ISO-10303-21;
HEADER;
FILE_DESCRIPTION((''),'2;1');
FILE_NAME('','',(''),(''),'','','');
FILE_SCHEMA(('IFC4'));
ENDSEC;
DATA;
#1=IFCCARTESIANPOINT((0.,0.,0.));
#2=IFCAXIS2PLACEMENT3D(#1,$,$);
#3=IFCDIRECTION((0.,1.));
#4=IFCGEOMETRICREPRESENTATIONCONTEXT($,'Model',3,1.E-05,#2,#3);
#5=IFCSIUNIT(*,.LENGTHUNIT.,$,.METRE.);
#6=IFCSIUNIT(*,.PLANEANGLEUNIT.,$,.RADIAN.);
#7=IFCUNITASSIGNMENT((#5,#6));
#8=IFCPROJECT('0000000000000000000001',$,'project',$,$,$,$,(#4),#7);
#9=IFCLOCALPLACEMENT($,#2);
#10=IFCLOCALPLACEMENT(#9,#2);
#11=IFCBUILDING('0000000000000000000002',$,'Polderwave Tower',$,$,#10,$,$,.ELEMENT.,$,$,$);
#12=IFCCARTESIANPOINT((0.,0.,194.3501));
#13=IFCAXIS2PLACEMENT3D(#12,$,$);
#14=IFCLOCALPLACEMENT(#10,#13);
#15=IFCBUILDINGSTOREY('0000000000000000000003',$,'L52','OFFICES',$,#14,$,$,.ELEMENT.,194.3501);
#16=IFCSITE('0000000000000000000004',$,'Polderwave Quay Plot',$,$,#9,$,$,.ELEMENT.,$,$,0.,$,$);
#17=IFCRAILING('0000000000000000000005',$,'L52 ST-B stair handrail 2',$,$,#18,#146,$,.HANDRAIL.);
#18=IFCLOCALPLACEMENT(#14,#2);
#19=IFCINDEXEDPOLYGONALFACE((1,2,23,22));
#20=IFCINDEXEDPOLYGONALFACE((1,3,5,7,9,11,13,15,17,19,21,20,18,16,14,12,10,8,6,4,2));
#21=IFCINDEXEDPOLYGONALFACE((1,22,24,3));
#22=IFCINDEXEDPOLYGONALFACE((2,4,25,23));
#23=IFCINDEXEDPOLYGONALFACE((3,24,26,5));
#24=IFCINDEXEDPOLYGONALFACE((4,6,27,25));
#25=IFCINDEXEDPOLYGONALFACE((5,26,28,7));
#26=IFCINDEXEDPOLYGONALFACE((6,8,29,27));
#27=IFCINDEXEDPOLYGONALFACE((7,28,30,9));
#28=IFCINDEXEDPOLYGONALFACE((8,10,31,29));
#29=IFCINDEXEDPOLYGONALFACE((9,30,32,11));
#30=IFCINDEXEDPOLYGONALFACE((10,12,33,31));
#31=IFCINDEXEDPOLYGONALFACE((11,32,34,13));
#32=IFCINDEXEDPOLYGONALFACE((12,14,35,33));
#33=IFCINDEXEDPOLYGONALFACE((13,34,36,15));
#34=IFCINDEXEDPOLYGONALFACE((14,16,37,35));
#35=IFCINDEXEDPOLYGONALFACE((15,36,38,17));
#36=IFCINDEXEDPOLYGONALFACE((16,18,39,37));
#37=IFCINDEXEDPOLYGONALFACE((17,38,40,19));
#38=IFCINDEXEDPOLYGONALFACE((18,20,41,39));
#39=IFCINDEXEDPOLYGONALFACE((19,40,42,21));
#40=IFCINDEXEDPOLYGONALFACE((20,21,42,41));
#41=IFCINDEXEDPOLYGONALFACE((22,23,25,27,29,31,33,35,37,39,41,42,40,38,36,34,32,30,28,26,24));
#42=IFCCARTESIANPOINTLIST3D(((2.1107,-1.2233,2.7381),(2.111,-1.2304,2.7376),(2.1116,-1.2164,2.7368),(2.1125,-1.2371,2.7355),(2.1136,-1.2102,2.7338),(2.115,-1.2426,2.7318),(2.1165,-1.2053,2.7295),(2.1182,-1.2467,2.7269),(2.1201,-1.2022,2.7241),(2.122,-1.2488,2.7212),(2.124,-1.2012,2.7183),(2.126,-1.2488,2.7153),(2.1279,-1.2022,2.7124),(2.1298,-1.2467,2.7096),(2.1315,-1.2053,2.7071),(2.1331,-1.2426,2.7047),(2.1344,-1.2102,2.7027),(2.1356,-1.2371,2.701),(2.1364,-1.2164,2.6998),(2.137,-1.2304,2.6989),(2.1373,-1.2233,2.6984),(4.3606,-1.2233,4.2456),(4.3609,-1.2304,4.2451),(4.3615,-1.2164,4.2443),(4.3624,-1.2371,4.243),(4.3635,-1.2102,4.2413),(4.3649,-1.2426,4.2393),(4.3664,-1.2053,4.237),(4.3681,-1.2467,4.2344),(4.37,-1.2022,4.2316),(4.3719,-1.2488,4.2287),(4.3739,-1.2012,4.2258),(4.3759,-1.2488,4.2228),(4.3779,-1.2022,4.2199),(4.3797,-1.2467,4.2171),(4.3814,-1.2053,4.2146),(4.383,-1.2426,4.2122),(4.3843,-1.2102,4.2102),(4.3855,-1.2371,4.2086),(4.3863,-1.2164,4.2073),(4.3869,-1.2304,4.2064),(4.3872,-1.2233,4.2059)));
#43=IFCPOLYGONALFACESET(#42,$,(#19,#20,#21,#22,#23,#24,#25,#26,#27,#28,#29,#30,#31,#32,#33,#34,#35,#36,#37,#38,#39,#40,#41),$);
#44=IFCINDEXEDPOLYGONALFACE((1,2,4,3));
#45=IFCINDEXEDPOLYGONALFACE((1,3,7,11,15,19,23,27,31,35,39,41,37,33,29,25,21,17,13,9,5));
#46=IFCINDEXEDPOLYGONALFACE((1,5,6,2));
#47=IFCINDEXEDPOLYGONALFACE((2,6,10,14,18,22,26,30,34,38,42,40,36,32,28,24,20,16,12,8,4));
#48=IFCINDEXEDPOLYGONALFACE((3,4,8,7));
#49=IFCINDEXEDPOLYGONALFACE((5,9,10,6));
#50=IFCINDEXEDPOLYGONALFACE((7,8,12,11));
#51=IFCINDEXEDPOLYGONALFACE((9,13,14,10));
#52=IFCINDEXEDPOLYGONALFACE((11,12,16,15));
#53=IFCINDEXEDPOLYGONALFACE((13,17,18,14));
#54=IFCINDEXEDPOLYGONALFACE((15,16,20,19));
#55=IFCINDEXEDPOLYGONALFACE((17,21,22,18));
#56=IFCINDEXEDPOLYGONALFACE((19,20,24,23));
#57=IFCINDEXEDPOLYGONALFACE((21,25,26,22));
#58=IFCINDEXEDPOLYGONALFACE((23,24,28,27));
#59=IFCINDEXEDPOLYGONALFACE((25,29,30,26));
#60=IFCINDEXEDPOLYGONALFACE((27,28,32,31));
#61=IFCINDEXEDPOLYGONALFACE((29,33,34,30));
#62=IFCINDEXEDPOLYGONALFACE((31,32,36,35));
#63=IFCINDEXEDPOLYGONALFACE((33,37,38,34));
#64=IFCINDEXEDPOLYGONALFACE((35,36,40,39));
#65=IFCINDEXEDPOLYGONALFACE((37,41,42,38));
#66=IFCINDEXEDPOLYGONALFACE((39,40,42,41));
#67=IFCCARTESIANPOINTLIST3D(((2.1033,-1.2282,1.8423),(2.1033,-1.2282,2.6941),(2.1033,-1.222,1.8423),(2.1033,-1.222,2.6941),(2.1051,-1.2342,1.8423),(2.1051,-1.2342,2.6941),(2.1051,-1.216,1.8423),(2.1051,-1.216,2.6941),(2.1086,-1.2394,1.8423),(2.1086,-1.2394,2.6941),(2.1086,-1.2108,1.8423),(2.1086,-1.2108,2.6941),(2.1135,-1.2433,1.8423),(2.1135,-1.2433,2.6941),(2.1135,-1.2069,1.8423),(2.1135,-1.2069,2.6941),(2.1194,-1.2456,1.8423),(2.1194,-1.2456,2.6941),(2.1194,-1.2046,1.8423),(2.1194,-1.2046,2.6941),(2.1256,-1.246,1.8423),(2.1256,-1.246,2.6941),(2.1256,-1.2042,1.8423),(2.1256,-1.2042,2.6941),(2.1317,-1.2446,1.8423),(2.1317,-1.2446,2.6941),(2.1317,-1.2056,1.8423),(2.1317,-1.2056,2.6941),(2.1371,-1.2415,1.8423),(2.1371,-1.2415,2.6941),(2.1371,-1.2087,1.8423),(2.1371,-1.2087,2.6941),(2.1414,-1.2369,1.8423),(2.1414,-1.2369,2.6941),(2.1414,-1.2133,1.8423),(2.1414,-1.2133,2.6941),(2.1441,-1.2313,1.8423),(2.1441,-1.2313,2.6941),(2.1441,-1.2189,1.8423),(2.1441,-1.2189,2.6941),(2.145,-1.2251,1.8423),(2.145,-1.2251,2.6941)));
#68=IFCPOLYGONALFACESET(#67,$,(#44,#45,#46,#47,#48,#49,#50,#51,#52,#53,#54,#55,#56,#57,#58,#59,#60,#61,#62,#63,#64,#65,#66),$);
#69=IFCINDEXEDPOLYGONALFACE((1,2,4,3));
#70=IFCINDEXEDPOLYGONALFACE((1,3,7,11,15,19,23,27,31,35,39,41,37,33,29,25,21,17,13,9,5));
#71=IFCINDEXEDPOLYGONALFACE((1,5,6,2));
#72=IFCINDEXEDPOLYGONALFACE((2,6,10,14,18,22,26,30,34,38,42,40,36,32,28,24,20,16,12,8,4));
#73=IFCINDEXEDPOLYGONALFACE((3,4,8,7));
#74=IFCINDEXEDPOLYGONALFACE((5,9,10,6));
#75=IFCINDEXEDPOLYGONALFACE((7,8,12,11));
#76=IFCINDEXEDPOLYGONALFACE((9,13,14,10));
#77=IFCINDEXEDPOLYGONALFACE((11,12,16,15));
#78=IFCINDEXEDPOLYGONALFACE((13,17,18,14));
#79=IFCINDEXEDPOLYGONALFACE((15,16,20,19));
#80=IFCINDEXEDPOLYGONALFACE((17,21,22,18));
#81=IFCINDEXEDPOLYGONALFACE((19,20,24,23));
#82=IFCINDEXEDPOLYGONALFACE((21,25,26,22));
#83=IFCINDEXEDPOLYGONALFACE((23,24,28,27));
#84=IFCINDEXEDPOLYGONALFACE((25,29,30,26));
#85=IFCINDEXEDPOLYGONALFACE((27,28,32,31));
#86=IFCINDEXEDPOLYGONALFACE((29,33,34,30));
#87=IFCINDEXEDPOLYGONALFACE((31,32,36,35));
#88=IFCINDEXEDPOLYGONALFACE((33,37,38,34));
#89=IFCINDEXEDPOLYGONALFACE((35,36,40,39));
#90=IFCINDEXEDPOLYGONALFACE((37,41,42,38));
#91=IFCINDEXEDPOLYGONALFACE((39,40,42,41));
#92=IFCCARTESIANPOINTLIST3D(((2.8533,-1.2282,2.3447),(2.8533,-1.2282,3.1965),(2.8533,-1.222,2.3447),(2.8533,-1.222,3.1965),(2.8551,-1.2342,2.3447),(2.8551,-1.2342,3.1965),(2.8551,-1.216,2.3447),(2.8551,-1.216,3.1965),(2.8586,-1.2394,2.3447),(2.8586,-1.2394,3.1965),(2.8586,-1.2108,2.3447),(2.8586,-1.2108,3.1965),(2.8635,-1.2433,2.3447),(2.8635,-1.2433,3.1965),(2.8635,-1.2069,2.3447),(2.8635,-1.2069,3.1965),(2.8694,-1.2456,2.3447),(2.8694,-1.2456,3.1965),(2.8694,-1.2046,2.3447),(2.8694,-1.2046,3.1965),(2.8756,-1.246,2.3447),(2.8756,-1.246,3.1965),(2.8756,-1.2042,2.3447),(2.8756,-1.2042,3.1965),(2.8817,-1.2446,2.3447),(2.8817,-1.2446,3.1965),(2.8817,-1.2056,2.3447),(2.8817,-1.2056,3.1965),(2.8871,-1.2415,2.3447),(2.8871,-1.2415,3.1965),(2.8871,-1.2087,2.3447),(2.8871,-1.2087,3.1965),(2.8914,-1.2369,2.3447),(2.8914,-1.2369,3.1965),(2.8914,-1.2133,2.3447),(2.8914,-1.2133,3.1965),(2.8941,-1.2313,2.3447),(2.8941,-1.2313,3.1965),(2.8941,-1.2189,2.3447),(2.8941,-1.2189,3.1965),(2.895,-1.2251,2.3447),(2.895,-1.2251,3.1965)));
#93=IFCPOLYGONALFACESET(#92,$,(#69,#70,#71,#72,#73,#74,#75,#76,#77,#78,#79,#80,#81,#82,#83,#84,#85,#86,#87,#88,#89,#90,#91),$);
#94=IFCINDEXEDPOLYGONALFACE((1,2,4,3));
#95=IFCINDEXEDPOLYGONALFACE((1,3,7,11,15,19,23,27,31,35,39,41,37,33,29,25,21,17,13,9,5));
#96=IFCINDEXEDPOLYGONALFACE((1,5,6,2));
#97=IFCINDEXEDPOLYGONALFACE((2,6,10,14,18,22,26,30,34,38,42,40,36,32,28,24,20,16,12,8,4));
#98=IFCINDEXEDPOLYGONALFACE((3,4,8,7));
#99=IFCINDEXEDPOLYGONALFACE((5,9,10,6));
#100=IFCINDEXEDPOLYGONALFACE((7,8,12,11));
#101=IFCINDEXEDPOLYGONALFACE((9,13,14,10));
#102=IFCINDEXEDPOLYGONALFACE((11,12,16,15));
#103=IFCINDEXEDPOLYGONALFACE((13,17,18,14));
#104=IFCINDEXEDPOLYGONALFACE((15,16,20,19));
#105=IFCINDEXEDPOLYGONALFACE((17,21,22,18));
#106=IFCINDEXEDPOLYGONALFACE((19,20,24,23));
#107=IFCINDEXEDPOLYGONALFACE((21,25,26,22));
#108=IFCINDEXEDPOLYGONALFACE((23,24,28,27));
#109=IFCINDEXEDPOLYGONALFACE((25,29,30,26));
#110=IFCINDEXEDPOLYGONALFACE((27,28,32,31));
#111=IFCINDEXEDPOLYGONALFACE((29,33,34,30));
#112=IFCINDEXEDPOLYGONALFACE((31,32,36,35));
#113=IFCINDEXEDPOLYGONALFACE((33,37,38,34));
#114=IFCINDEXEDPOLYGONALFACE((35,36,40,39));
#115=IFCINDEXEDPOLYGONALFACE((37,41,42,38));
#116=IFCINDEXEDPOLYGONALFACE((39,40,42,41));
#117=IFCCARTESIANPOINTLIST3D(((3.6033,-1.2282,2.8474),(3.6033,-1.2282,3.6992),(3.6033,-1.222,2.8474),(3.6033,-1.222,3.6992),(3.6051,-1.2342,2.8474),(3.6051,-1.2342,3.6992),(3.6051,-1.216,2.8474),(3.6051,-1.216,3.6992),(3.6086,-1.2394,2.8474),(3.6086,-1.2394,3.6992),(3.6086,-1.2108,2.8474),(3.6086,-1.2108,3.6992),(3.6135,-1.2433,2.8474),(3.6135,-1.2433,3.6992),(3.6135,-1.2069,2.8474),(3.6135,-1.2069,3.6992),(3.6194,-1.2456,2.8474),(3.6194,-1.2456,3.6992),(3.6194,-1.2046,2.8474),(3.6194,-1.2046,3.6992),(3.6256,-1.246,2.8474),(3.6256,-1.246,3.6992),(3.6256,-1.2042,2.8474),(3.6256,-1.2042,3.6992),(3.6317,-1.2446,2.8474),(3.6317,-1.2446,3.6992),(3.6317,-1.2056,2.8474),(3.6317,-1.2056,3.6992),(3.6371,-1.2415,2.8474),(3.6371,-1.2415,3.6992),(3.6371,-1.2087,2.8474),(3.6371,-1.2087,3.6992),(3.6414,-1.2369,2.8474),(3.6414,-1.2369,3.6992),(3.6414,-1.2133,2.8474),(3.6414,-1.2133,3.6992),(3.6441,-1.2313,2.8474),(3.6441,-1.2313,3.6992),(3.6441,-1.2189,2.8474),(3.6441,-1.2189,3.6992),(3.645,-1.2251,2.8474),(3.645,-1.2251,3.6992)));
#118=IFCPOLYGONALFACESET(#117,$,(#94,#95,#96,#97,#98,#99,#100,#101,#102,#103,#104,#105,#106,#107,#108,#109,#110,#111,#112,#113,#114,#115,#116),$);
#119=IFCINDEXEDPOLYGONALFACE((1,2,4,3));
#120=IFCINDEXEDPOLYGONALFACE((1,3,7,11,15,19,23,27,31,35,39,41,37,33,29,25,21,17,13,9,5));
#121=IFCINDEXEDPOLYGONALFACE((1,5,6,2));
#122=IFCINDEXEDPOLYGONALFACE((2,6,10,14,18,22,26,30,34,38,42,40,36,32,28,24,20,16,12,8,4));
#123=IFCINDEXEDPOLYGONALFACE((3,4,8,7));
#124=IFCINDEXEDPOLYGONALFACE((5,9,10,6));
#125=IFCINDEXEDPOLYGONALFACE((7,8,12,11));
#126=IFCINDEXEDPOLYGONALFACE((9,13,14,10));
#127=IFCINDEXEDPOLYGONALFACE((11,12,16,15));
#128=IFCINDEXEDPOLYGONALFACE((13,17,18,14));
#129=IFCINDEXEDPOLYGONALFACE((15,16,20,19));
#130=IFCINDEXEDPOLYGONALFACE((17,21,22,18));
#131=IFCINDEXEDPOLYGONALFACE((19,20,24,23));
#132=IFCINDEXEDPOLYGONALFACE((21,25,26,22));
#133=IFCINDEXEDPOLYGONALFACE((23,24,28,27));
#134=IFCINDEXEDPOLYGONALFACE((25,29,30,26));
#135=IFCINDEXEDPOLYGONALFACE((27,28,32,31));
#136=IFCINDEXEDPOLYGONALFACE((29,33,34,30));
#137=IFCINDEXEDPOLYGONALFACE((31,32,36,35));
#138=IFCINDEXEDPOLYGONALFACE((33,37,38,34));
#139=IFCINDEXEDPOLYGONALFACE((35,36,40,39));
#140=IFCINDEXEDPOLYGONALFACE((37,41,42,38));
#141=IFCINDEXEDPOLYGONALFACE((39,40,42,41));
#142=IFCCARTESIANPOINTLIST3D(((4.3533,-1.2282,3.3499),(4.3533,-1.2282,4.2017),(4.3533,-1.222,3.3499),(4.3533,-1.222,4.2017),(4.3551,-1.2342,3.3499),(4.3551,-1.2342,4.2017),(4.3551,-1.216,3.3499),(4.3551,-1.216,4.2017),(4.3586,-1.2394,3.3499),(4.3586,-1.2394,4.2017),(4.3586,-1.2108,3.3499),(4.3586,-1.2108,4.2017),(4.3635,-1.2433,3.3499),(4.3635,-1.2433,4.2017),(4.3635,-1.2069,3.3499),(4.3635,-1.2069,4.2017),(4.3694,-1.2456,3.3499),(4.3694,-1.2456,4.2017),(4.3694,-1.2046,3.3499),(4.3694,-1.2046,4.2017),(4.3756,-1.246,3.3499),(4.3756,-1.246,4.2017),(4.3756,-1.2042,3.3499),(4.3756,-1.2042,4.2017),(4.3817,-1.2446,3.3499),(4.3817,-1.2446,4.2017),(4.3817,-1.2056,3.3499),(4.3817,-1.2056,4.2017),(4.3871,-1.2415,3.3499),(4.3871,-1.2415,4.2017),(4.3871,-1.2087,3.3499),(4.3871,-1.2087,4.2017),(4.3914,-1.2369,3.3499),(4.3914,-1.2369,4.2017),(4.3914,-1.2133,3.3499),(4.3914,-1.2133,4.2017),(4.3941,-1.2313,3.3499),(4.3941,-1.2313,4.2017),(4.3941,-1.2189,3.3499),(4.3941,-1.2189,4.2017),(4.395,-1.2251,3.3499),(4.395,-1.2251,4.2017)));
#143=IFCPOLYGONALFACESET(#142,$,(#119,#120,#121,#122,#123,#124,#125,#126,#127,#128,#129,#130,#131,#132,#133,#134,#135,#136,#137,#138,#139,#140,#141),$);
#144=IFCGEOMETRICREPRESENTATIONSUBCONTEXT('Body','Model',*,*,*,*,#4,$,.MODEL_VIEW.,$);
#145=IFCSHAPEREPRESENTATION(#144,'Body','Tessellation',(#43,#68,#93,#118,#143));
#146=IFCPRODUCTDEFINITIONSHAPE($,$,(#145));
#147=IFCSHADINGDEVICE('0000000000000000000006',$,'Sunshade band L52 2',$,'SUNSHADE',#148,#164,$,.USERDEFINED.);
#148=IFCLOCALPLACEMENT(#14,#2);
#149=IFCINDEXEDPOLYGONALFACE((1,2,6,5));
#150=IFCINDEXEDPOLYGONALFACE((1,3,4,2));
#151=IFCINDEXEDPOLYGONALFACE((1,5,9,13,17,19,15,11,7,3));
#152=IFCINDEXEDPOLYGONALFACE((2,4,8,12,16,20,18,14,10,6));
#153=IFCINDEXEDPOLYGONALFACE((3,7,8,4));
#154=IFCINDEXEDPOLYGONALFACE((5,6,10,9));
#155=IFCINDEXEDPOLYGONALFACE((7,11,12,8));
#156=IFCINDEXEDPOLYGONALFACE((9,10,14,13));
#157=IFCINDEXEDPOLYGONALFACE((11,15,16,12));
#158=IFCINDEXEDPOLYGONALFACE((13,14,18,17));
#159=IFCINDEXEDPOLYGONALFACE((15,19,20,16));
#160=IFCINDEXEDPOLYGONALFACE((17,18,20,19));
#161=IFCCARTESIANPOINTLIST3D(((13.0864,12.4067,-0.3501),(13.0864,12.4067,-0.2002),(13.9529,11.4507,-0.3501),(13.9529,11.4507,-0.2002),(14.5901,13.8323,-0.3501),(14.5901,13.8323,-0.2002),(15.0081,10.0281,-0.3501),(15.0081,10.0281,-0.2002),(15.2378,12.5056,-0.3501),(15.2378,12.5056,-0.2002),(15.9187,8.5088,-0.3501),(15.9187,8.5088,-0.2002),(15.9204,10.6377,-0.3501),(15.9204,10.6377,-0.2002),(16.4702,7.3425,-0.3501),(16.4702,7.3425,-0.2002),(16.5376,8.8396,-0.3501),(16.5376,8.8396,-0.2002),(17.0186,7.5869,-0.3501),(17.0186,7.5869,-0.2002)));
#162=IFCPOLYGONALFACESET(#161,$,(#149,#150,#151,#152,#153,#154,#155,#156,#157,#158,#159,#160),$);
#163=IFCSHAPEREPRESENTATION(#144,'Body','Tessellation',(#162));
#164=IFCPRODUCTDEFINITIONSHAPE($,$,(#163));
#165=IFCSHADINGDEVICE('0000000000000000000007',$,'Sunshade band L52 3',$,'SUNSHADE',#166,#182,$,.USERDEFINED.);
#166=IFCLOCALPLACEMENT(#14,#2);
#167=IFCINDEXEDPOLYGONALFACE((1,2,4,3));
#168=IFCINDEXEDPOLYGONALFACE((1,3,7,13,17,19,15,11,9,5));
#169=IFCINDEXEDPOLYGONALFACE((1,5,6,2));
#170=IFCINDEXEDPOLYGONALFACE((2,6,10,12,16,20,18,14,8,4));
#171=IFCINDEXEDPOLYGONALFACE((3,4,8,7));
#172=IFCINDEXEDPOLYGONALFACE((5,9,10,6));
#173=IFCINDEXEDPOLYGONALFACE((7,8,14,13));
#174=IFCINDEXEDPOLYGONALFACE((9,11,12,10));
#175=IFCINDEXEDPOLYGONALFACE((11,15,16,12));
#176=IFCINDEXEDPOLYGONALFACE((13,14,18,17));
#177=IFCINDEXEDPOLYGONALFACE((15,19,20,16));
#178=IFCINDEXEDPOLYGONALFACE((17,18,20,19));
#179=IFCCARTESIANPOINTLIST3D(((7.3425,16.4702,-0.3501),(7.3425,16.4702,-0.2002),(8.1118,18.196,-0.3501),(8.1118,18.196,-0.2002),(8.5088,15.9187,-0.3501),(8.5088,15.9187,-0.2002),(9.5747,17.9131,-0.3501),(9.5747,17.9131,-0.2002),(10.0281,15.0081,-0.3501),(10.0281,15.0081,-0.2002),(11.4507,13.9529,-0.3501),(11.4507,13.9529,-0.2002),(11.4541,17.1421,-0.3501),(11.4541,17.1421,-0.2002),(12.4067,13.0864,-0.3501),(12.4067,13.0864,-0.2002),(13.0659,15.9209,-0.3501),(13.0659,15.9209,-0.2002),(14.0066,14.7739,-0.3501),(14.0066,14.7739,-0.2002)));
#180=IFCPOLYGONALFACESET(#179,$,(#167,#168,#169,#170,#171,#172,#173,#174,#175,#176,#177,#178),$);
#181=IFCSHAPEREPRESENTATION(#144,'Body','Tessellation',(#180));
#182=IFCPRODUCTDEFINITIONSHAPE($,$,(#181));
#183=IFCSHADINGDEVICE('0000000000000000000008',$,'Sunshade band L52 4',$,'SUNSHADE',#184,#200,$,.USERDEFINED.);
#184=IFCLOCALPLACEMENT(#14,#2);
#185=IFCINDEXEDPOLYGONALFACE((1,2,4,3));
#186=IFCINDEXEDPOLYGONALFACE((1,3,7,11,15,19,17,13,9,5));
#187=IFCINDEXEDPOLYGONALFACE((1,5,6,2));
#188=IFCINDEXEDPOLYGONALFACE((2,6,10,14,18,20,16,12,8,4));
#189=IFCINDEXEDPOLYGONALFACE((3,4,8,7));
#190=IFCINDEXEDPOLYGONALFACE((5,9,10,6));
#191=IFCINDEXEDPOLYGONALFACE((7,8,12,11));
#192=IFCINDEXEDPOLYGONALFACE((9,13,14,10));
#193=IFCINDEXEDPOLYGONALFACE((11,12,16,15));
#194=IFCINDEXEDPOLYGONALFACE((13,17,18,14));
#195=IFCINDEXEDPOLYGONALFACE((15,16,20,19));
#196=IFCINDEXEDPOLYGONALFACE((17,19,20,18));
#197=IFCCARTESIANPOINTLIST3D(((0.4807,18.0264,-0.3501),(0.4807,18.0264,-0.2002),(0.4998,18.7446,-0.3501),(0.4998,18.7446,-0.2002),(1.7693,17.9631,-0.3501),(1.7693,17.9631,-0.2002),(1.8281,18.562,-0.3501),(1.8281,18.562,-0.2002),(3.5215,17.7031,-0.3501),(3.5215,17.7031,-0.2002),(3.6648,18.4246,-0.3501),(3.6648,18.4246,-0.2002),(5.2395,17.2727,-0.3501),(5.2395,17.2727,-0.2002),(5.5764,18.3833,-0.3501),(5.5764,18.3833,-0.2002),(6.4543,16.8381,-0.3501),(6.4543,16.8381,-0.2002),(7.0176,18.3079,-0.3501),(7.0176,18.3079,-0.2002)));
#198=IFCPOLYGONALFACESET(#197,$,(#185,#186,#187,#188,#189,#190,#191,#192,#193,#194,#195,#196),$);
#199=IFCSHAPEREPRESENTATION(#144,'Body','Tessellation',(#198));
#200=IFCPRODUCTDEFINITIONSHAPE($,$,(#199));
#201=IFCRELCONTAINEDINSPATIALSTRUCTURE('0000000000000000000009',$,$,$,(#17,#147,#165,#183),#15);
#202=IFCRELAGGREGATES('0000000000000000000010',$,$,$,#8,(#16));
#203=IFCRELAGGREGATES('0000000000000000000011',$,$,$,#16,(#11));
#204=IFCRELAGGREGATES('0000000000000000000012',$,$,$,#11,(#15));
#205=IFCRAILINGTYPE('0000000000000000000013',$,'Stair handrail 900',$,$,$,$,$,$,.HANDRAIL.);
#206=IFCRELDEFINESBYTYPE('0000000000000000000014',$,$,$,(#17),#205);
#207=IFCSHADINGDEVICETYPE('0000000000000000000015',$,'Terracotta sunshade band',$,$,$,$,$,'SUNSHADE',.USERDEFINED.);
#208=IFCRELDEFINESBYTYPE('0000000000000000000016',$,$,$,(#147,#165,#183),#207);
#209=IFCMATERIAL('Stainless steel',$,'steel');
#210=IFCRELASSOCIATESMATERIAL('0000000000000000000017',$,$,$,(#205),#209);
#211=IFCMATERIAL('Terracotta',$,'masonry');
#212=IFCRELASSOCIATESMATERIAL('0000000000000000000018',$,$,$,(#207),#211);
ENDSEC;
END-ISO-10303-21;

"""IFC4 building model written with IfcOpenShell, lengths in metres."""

from ifc_helpers import new_model, si_unit, direction, frame, origin, origin_2d, place, context, subcontext, project, spatial, polyline, circle, outline, extrude, material, type_object, element, save


model = new_model("IFC4")

# Units and contexts
model_context = context("Model", 3, precision=1e-05, world=origin(), true_north=direction((0.0, 1.0)))
body_context = subcontext(model_context, "Body", "Model", "MODEL_VIEW")
ifc_project = project(units=[si_unit("LENGTHUNIT", "METRE"), si_unit("PLANEANGLEUNIT", "RADIAN")], contexts=[model_context])

# Site, building, storey
site_placement = place(None, origin())
site = spatial("IfcSite", under=ifc_project, at=site_placement, Name="Polderwave Quay Plot", CompositionType="ELEMENT", RefElevation=0.0)
building_placement = place(site_placement, origin())
building = spatial("IfcBuilding", under=site, at=building_placement, Name="Polderwave Tower", CompositionType="ELEMENT")
storey_placement = place(building_placement, frame((0.0, 0.0, 194.3501)))
storey = spatial("IfcBuildingStorey", under=building, at=storey_placement, Name="L52", Description="OFFICES", CompositionType="ELEMENT", Elevation=194.3501)

# Railing
ifc_material_1 = material(Name="Stainless steel", Category="steel")
railing_type_1 = type_object("IfcRailingType", Name="Stair handrail 900", PredefinedType="HANDRAIL", material=ifc_material_1)
railing_1_placement = place(storey_placement, frame((2.124, -1.2251, 1.8423)))
element("IfcRailing", 1, at=railing_1_placement, inside=storey, type_object=railing_type_1, Name="L52 ST-B stair handrail 2", PredefinedType="HANDRAIL", context=body_context, shape_type="SweptSolid", body=[
    extrude(circle(Radius=0.0239, at=origin_2d()), frame((0.0, 0.0, 0.876), z_axis=(0.830758, 0.0, 0.556633), x_axis=(0.0, 1.0, 0.0)), (0.0, 0.0, 1.0), 2.7083),
    extrude(circle(Radius=0.021, at=origin_2d()), origin(), (0.0, 0.0, 1.0), 0.8518),
    extrude(circle(Radius=0.021, at=origin_2d()), frame((0.75, 0.0, 0.5024)), (0.0, 0.0, 1.0), 0.8518),
    extrude(circle(Radius=0.021, at=origin_2d()), frame((1.5, 0.0, 1.0051)), (0.0, 0.0, 1.0), 0.8518),
    extrude(circle(Radius=0.021, at=origin_2d()), frame((2.25, 0.0, 1.5076)), (0.0, 0.0, 1.0), 0.8518),
])

# Shading devices
ifc_material_2 = material(Name="Terracotta", Category="masonry")
shading_device_type = type_object("IfcShadingDeviceType", Name="Terracotta sunshade band", ElementType="SUNSHADE", PredefinedType="USERDEFINED", material=ifc_material_2)
shading_device_1_placement = place(storey_placement, frame((0.0, 0.0, -0.3501)))
element("IfcShadingDevice", 2, at=shading_device_1_placement, inside=storey, type_object=shading_device_type, Name="Sunshade band L52 2", ObjectType="SUNSHADE", PredefinedType="USERDEFINED", context=body_context, shape_type="SweptSolid", body=[
    extrude(outline(polyline([(16.4702, 7.3425), (15.9187, 8.5088), (15.0081, 10.0281), (13.9529, 11.4507), (13.0864, 12.4067), (14.5901, 13.8323), (15.2378, 12.5056), (15.9204, 10.6377), (16.5376, 8.8396), (17.0186, 7.5869), (16.4702, 7.3425)])), origin(), (0.0, 0.0, 1.0), 0.1499),
])
shading_device_2_placement = place(storey_placement, frame((0.0, 0.0, -0.3501)))
element("IfcShadingDevice", 3, at=shading_device_2_placement, inside=storey, type_object=shading_device_type, Name="Sunshade band L52 3", ObjectType="SUNSHADE", PredefinedType="USERDEFINED", context=body_context, shape_type="SweptSolid", body=[
    extrude(outline(polyline([(12.4067, 13.0864), (11.4507, 13.9529), (10.0281, 15.0081), (8.5088, 15.9187), (7.3425, 16.4702), (8.1118, 18.196), (9.5747, 17.9131), (11.4541, 17.1421), (13.0659, 15.9209), (14.0066, 14.7739), (12.4067, 13.0864)])), origin(), (0.0, 0.0, 1.0), 0.1499),
])
shading_device_3_placement = place(storey_placement, frame((0.0, 0.0, -0.3501)))
element("IfcShadingDevice", 4, at=shading_device_3_placement, inside=storey, type_object=shading_device_type, Name="Sunshade band L52 4", ObjectType="SUNSHADE", PredefinedType="USERDEFINED", context=body_context, shape_type="SweptSolid", body=[
    extrude(outline(polyline([(6.4543, 16.8381), (5.2395, 17.2727), (3.5215, 17.7031), (1.7693, 17.9631), (0.4807, 18.0264), (0.4998, 18.7446), (1.8281, 18.562), (3.6648, 18.4246), (5.5764, 18.3833), (7.0176, 18.3079), (6.4543, 16.8381)])), origin(), (0.0, 0.0, 1.0), 0.1499),
])

save(model, "model.ifc")
